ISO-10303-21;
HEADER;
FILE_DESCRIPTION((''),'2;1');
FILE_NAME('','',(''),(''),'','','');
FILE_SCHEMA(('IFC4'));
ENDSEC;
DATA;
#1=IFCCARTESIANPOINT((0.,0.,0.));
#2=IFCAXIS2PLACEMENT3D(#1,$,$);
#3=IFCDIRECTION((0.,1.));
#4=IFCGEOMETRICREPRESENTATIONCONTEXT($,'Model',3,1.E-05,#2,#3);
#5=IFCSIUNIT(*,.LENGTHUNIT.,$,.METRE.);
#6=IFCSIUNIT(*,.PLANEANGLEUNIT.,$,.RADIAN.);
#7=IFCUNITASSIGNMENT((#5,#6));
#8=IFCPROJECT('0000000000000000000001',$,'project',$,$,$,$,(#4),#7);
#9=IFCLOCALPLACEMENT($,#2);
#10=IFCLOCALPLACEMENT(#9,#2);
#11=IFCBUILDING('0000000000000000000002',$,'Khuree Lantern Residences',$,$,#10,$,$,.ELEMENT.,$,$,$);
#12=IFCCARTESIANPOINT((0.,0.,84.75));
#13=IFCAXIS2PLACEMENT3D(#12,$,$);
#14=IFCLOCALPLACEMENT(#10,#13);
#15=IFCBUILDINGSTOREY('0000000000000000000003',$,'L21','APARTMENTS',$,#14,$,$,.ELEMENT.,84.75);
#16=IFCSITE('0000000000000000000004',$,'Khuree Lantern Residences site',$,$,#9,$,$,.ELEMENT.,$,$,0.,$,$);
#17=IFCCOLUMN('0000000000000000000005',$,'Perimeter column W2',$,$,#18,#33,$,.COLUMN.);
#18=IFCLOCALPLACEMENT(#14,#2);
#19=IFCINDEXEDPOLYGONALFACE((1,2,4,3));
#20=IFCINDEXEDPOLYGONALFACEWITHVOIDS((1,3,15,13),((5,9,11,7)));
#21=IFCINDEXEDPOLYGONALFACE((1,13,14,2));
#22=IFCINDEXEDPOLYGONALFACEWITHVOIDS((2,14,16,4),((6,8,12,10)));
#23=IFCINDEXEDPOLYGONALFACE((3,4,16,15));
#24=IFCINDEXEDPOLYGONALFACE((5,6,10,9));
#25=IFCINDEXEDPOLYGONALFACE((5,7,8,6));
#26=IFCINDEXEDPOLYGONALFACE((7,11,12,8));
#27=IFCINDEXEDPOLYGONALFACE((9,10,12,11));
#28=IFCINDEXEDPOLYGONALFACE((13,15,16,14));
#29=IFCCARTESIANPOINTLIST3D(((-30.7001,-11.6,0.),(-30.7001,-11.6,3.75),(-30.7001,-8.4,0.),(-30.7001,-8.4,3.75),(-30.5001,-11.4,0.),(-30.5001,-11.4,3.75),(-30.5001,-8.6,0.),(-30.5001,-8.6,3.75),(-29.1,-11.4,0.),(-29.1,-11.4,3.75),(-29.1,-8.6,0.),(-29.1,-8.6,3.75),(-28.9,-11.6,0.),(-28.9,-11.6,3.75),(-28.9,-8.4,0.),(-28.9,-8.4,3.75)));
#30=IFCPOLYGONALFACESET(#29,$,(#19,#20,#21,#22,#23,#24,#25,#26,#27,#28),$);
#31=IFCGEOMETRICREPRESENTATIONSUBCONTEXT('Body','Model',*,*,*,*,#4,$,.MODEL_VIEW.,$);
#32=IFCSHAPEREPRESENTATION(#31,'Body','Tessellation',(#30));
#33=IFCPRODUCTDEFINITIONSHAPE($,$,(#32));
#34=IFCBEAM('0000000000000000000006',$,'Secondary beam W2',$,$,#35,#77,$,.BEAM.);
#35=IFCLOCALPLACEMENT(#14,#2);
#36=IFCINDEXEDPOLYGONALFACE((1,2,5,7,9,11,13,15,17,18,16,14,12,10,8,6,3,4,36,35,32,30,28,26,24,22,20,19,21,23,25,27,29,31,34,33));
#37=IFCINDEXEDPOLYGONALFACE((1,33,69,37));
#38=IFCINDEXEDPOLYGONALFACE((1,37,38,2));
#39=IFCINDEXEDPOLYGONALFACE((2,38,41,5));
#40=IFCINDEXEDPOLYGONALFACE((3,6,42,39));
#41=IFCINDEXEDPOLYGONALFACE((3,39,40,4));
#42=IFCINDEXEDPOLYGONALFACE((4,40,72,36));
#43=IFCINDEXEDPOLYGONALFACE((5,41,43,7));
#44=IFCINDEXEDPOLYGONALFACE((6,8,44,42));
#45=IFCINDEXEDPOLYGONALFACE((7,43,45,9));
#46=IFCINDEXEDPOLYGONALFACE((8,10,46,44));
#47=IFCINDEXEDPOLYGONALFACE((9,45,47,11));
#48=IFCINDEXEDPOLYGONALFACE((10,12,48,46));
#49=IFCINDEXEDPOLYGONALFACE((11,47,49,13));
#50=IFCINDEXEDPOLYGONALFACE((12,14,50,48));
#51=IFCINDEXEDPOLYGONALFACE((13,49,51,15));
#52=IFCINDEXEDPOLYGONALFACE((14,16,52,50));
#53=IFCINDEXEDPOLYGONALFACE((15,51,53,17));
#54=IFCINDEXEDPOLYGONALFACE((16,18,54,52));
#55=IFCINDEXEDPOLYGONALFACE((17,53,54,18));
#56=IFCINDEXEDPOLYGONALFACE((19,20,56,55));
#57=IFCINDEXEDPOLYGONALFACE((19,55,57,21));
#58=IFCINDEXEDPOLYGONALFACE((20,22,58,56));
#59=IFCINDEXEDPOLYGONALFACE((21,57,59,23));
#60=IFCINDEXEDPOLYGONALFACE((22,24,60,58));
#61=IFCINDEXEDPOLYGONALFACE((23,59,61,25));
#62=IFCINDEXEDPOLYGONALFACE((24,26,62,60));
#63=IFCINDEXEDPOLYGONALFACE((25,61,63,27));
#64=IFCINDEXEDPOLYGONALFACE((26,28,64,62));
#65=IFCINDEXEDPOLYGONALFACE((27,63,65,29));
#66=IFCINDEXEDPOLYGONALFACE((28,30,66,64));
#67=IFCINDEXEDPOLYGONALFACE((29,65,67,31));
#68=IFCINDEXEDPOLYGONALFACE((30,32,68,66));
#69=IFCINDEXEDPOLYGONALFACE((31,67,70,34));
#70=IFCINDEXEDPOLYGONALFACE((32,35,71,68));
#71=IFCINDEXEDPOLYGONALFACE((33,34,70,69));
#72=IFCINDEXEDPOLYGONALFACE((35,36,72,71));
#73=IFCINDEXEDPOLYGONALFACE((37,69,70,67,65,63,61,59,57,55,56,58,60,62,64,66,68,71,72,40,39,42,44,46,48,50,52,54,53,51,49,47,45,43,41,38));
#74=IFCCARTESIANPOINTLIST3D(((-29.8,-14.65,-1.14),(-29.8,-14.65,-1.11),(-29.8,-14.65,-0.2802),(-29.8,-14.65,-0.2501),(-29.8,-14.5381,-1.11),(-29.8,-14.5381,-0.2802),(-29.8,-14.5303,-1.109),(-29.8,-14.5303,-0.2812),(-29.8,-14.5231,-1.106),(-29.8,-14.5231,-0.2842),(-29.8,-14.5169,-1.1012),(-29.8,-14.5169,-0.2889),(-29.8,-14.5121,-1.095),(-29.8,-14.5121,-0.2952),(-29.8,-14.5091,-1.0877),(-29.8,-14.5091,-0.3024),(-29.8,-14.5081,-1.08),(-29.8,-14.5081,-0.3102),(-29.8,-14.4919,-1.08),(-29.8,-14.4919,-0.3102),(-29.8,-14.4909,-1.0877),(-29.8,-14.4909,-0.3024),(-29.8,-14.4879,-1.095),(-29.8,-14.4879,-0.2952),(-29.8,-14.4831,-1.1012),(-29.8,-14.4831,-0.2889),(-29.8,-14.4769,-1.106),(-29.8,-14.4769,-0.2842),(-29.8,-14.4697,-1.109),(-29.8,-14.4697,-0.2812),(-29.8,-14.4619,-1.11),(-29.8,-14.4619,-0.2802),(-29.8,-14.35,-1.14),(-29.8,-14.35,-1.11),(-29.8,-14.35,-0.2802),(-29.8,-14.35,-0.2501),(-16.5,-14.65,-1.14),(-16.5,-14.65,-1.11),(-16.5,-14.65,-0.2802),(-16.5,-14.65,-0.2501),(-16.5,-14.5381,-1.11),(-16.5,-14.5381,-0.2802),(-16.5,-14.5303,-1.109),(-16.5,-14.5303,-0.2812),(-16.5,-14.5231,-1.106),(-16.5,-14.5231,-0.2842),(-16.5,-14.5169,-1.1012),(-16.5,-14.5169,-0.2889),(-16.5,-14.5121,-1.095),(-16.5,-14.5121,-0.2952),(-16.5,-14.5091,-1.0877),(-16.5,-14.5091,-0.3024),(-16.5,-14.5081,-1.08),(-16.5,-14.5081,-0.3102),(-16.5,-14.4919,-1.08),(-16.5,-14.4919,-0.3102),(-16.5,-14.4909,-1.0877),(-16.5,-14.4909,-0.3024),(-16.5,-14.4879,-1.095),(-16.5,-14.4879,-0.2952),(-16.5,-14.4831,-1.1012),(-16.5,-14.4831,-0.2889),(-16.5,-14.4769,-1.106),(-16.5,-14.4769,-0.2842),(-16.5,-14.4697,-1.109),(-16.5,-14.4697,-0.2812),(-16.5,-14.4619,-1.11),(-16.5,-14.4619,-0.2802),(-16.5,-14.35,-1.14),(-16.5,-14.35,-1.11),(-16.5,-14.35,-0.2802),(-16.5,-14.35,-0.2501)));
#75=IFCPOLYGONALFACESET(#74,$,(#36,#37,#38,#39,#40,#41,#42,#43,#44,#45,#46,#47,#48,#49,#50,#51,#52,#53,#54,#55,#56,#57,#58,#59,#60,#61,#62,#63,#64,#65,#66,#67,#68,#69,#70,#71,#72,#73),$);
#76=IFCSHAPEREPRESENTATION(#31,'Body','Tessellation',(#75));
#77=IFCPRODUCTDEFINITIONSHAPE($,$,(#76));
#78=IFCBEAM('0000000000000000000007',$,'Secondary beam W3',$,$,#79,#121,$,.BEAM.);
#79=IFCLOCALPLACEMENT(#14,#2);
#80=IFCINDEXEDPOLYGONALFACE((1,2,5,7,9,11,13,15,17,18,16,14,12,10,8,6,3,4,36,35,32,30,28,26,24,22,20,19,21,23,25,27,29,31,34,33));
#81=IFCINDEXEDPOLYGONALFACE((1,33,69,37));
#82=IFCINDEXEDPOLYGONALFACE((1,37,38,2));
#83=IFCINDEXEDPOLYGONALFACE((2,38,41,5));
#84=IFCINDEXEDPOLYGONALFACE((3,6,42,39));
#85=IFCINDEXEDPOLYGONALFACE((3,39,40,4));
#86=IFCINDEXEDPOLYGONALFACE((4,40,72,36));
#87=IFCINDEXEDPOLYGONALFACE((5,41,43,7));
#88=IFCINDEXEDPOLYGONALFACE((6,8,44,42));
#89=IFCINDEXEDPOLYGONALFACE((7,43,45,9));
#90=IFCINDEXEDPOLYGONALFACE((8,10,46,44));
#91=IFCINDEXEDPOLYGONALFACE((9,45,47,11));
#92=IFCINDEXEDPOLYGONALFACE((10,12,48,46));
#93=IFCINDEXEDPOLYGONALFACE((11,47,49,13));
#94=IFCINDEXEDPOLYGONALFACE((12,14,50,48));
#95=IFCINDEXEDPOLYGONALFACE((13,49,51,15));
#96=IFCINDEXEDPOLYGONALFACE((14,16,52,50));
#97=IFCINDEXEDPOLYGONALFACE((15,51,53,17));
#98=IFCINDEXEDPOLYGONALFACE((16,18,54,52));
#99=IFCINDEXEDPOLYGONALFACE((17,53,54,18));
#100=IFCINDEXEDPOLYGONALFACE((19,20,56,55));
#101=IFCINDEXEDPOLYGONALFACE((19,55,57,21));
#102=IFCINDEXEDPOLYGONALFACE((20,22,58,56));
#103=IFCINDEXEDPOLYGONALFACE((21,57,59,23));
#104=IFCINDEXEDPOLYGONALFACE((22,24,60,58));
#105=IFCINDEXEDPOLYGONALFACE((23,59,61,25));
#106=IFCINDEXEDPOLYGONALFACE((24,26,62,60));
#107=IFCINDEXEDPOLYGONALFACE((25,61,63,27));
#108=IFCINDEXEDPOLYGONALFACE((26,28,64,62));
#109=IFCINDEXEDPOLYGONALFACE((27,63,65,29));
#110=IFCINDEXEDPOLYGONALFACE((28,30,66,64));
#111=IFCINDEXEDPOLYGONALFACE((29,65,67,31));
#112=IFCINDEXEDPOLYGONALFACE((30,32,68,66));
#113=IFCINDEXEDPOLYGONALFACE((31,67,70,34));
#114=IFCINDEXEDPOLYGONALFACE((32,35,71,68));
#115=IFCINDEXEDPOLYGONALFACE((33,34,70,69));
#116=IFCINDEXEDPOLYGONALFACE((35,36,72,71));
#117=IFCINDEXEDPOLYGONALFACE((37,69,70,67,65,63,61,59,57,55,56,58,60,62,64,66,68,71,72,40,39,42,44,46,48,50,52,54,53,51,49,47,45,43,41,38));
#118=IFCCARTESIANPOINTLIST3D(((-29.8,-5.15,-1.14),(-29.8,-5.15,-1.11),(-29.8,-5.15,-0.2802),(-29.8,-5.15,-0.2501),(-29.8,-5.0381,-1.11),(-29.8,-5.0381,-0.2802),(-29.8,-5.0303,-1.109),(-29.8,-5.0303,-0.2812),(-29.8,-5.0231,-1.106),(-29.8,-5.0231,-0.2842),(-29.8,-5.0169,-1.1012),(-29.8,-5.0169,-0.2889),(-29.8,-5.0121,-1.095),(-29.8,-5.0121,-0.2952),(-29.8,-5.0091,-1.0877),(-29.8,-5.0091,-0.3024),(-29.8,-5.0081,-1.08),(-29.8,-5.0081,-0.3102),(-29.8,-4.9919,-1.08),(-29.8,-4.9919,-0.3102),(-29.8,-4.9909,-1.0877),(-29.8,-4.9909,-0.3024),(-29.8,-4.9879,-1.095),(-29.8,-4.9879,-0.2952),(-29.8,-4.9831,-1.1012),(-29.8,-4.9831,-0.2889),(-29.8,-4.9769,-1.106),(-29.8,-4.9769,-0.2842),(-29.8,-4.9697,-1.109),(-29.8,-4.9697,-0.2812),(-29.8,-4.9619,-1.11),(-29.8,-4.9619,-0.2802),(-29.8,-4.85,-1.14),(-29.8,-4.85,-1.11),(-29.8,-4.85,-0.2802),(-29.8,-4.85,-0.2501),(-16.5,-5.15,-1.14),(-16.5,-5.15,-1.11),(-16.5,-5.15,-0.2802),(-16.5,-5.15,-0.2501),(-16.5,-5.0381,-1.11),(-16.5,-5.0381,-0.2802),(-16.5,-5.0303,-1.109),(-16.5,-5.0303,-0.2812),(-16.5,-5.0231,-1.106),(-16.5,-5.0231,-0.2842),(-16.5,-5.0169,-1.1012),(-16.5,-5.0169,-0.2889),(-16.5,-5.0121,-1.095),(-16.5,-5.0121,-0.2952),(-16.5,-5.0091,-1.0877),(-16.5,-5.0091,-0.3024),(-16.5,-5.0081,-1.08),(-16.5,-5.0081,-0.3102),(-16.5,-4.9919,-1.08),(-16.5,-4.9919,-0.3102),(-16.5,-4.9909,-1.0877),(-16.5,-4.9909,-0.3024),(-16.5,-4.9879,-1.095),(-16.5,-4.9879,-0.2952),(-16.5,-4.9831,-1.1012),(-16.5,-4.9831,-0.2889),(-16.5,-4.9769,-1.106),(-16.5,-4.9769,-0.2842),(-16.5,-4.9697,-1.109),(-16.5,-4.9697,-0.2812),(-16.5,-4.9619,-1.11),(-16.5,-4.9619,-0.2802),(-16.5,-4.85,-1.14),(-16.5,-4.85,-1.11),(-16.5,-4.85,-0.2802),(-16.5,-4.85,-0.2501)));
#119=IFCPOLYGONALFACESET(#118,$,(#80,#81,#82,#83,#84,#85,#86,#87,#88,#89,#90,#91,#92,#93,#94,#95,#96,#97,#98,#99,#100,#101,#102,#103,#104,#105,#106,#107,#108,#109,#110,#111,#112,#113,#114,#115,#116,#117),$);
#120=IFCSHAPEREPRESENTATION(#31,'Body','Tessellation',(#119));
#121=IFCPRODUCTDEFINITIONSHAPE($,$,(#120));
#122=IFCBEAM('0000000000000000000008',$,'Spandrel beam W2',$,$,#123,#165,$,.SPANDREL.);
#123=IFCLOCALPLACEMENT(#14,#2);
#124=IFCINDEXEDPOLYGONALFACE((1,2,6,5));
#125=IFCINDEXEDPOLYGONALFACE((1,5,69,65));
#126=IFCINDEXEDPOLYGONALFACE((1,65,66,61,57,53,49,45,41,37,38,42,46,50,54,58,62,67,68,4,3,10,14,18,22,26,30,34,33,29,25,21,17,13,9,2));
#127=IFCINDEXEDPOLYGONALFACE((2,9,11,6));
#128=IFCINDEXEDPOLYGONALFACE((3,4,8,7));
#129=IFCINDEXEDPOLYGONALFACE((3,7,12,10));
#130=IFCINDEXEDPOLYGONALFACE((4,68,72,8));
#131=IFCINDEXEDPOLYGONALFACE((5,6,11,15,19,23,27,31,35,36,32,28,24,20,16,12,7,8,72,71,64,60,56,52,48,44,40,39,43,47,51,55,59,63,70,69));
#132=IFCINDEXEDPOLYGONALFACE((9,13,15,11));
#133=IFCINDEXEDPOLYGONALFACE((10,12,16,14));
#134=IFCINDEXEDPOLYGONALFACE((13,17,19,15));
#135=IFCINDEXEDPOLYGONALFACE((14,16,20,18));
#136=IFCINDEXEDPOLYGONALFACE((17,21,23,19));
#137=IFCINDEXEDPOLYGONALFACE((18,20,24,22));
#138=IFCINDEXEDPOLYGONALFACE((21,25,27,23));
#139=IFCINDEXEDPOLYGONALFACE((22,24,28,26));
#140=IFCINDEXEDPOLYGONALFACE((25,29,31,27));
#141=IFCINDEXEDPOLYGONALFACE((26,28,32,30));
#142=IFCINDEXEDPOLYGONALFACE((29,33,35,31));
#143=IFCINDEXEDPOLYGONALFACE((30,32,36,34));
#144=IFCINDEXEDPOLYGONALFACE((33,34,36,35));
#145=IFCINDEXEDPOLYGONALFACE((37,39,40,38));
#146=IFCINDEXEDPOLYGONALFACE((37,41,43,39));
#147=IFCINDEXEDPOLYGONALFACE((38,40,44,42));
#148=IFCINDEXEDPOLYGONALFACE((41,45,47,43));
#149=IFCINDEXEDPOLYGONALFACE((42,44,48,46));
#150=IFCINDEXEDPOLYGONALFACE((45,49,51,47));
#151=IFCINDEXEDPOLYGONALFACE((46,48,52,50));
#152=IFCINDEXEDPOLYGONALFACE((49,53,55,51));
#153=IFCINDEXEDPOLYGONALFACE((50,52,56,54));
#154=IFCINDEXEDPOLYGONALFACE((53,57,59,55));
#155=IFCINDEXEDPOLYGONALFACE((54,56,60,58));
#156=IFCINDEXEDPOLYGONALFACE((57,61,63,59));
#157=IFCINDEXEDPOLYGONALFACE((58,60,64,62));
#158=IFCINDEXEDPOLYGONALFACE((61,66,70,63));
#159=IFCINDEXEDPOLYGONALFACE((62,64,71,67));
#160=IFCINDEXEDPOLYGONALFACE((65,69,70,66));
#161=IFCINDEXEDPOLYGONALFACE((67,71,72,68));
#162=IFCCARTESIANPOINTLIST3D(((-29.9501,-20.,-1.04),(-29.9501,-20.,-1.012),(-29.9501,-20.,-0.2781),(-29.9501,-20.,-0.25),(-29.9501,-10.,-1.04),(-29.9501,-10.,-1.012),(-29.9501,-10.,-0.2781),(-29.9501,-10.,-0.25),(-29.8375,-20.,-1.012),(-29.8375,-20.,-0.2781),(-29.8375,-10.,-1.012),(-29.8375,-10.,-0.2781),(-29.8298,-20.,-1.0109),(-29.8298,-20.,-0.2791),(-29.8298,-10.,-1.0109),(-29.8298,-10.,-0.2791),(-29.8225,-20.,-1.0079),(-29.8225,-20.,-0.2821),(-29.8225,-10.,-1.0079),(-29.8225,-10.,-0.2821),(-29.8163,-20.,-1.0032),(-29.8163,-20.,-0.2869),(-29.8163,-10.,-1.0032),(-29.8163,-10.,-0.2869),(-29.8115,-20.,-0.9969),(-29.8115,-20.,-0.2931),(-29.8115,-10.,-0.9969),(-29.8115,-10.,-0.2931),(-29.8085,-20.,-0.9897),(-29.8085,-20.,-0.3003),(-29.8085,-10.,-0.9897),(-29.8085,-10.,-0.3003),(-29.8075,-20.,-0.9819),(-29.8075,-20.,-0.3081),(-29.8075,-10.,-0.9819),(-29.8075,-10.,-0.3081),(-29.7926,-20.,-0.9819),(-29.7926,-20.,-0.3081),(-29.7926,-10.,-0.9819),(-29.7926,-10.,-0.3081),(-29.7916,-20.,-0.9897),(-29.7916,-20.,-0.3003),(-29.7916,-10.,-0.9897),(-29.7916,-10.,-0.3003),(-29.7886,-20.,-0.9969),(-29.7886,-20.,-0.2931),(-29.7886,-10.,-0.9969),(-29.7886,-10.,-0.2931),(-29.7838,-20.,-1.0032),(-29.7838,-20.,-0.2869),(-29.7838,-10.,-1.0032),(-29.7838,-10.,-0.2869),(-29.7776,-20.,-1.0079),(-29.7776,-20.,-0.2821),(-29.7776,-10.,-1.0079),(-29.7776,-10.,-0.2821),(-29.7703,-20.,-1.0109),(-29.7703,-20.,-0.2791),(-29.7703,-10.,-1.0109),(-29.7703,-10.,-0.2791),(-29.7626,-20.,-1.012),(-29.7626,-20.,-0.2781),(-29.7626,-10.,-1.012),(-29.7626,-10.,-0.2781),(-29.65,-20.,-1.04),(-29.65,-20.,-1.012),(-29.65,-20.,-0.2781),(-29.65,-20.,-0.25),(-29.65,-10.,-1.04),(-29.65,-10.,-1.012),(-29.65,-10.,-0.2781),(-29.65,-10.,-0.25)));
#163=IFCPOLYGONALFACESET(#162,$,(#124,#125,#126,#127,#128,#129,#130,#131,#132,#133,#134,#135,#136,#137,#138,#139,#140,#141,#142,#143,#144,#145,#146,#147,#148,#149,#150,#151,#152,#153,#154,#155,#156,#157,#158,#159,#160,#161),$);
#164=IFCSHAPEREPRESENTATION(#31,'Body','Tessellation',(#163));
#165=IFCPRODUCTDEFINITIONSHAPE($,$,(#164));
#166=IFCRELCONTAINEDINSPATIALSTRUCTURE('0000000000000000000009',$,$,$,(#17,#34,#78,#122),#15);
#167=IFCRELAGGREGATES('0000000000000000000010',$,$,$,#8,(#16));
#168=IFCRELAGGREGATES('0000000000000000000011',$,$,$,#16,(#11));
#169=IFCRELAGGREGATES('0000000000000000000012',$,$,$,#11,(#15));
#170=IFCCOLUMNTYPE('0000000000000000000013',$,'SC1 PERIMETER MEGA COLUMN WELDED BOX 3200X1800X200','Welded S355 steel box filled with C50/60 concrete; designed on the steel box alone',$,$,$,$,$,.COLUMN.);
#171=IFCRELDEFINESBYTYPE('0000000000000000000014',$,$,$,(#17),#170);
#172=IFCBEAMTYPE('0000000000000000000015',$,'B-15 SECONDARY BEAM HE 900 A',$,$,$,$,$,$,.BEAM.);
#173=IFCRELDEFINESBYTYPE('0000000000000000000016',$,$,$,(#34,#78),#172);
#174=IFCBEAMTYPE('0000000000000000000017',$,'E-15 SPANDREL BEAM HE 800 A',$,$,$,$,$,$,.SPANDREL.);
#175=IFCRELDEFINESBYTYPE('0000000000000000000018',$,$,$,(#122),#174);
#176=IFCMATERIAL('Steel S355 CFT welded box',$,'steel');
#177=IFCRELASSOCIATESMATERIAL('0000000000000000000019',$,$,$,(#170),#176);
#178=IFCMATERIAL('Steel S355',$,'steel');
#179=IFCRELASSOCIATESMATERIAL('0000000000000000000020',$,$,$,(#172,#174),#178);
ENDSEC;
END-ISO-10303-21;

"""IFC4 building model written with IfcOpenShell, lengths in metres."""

from ifc_helpers import new_model, si_unit, direction, frame, origin, origin_2d, place, context, subcontext, project, spatial, hollow_rectangle, i_section, extrude, material, material_profile, profile_set, type_object, element, save


model = new_model("IFC4")

# Units and contexts
model_context = context("Model", 3, precision=1e-05, world=origin(), true_north=direction((0.0, 1.0)))
body_context = subcontext(model_context, "Body", "Model", "MODEL_VIEW")
ifc_project = project(units=[si_unit("LENGTHUNIT", "METRE"), si_unit("PLANEANGLEUNIT", "RADIAN")], contexts=[model_context])

# Site, building, storey
site_placement = place(None, origin())
site = spatial("IfcSite", under=ifc_project, at=site_placement, Name="Khuree Lantern Residences site", CompositionType="ELEMENT", RefElevation=0.0)
building_placement = place(site_placement, origin())
building = spatial("IfcBuilding", under=site, at=building_placement, Name="Khuree Lantern Residences", CompositionType="ELEMENT")
storey_placement = place(building_placement, frame((0.0, 0.0, 84.75)))
storey = spatial("IfcBuildingStorey", under=building, at=storey_placement, Name="L21", Description="APARTMENTS", CompositionType="ELEMENT", Elevation=84.75)

# Column
ifc_material_1 = material(Name="Steel S355 CFT welded box", Category="steel")
ifc_material_profile_1 = material_profile(ifc_material_1, hollow_rectangle(XDim=3.2, YDim=1.8, WallThickness=0.2, at=origin_2d()), Name="WELDED BOX 3200X1800X200")
ifc_profile_set_1 = profile_set([ifc_material_profile_1], Name="Steel S355 CFT welded box")
column_type = type_object("IfcColumnType", Name="SC1 PERIMETER MEGA COLUMN WELDED BOX 3200X1800X200", Description="Welded S355 steel box filled with C50/60 concrete; designed on the steel box alone", PredefinedType="COLUMN", material=ifc_profile_set_1)
column_placement = place(storey_placement, frame((-29.8, -10.0, 0.0), z_axis=(0.0, 0.0, 1.0), x_axis=(0.0, 1.0, 0.0)))
element("IfcColumn", 1, at=column_placement, inside=storey, type_object=column_type, Name="Perimeter column W2", PredefinedType="COLUMN", context=body_context, shape_type="SweptSolid", body=[
    extrude(hollow_rectangle(XDim=3.2, YDim=1.8, WallThickness=0.2, at=origin_2d()), origin(), (0.0, 0.0, 1.0), 3.75),
])

# Beams
ifc_material_2 = material(Name="Steel S355", Category="steel")
ifc_material_profile_2 = material_profile(ifc_material_2, i_section(OverallWidth=0.3, OverallDepth=0.8899, WebThickness=0.0161, FlangeThickness=0.03, FilletRadius=0.03, at=origin_2d()), Name="HE 900 A")
ifc_profile_set_2 = profile_set([ifc_material_profile_2], Name="Steel S355")
beam_type_1 = type_object("IfcBeamType", Name="B-15 SECONDARY BEAM HE 900 A", PredefinedType="BEAM", material=ifc_profile_set_2)
for number, where, z_axis, x_axis, name in (
    (2, (-29.8, -14.5, -0.6951), (1.0, 0.0, 0.0), (0.0, 1.0, 0.0), "Secondary beam W2"),
    (3, (-29.8, -5.0, -0.6951), (1.0, 0.0, 0.0), (0.0, 1.0, 0.0), "Secondary beam W3"),
):
    element("IfcBeam", number, at=place(storey_placement, frame(where, z_axis=z_axis, x_axis=x_axis)), inside=storey, type_object=beam_type_1, Name=name, PredefinedType="BEAM", context=body_context, shape_type="SweptSolid", body=[
        extrude(i_section(OverallWidth=0.3, OverallDepth=0.8899, WebThickness=0.0161, FlangeThickness=0.03, FilletRadius=0.03, at=origin_2d()), origin(), (0.0, 0.0, 1.0), 13.3),
    ])
ifc_material_profile_3 = material_profile(ifc_material_2, i_section(OverallWidth=0.3, OverallDepth=0.79, WebThickness=0.0149, FlangeThickness=0.0281, FilletRadius=0.03, at=origin_2d()), Name="HE 800 A")
ifc_profile_set_3 = profile_set([ifc_material_profile_3], Name="Steel S355")
beam_type_2 = type_object("IfcBeamType", Name="E-15 SPANDREL BEAM HE 800 A", PredefinedType="SPANDREL", material=ifc_profile_set_3)
for number, where, z_axis, x_axis, name in (
    (4, (-29.8, -20.0, -0.645), (0.0, 1.0, 0.0), (-1.0, 0.0, 0.0), "Spandrel beam W2"),
):
    element("IfcBeam", number, at=place(storey_placement, frame(where, z_axis=z_axis, x_axis=x_axis)), inside=storey, type_object=beam_type_2, Name=name, PredefinedType="SPANDREL", context=body_context, shape_type="SweptSolid", body=[
        extrude(i_section(OverallWidth=0.3, OverallDepth=0.79, WebThickness=0.0149, FlangeThickness=0.0281, FilletRadius=0.03, at=origin_2d()), origin(), (0.0, 0.0, 1.0), 10.0),
    ])

save(model, "model.ifc")
